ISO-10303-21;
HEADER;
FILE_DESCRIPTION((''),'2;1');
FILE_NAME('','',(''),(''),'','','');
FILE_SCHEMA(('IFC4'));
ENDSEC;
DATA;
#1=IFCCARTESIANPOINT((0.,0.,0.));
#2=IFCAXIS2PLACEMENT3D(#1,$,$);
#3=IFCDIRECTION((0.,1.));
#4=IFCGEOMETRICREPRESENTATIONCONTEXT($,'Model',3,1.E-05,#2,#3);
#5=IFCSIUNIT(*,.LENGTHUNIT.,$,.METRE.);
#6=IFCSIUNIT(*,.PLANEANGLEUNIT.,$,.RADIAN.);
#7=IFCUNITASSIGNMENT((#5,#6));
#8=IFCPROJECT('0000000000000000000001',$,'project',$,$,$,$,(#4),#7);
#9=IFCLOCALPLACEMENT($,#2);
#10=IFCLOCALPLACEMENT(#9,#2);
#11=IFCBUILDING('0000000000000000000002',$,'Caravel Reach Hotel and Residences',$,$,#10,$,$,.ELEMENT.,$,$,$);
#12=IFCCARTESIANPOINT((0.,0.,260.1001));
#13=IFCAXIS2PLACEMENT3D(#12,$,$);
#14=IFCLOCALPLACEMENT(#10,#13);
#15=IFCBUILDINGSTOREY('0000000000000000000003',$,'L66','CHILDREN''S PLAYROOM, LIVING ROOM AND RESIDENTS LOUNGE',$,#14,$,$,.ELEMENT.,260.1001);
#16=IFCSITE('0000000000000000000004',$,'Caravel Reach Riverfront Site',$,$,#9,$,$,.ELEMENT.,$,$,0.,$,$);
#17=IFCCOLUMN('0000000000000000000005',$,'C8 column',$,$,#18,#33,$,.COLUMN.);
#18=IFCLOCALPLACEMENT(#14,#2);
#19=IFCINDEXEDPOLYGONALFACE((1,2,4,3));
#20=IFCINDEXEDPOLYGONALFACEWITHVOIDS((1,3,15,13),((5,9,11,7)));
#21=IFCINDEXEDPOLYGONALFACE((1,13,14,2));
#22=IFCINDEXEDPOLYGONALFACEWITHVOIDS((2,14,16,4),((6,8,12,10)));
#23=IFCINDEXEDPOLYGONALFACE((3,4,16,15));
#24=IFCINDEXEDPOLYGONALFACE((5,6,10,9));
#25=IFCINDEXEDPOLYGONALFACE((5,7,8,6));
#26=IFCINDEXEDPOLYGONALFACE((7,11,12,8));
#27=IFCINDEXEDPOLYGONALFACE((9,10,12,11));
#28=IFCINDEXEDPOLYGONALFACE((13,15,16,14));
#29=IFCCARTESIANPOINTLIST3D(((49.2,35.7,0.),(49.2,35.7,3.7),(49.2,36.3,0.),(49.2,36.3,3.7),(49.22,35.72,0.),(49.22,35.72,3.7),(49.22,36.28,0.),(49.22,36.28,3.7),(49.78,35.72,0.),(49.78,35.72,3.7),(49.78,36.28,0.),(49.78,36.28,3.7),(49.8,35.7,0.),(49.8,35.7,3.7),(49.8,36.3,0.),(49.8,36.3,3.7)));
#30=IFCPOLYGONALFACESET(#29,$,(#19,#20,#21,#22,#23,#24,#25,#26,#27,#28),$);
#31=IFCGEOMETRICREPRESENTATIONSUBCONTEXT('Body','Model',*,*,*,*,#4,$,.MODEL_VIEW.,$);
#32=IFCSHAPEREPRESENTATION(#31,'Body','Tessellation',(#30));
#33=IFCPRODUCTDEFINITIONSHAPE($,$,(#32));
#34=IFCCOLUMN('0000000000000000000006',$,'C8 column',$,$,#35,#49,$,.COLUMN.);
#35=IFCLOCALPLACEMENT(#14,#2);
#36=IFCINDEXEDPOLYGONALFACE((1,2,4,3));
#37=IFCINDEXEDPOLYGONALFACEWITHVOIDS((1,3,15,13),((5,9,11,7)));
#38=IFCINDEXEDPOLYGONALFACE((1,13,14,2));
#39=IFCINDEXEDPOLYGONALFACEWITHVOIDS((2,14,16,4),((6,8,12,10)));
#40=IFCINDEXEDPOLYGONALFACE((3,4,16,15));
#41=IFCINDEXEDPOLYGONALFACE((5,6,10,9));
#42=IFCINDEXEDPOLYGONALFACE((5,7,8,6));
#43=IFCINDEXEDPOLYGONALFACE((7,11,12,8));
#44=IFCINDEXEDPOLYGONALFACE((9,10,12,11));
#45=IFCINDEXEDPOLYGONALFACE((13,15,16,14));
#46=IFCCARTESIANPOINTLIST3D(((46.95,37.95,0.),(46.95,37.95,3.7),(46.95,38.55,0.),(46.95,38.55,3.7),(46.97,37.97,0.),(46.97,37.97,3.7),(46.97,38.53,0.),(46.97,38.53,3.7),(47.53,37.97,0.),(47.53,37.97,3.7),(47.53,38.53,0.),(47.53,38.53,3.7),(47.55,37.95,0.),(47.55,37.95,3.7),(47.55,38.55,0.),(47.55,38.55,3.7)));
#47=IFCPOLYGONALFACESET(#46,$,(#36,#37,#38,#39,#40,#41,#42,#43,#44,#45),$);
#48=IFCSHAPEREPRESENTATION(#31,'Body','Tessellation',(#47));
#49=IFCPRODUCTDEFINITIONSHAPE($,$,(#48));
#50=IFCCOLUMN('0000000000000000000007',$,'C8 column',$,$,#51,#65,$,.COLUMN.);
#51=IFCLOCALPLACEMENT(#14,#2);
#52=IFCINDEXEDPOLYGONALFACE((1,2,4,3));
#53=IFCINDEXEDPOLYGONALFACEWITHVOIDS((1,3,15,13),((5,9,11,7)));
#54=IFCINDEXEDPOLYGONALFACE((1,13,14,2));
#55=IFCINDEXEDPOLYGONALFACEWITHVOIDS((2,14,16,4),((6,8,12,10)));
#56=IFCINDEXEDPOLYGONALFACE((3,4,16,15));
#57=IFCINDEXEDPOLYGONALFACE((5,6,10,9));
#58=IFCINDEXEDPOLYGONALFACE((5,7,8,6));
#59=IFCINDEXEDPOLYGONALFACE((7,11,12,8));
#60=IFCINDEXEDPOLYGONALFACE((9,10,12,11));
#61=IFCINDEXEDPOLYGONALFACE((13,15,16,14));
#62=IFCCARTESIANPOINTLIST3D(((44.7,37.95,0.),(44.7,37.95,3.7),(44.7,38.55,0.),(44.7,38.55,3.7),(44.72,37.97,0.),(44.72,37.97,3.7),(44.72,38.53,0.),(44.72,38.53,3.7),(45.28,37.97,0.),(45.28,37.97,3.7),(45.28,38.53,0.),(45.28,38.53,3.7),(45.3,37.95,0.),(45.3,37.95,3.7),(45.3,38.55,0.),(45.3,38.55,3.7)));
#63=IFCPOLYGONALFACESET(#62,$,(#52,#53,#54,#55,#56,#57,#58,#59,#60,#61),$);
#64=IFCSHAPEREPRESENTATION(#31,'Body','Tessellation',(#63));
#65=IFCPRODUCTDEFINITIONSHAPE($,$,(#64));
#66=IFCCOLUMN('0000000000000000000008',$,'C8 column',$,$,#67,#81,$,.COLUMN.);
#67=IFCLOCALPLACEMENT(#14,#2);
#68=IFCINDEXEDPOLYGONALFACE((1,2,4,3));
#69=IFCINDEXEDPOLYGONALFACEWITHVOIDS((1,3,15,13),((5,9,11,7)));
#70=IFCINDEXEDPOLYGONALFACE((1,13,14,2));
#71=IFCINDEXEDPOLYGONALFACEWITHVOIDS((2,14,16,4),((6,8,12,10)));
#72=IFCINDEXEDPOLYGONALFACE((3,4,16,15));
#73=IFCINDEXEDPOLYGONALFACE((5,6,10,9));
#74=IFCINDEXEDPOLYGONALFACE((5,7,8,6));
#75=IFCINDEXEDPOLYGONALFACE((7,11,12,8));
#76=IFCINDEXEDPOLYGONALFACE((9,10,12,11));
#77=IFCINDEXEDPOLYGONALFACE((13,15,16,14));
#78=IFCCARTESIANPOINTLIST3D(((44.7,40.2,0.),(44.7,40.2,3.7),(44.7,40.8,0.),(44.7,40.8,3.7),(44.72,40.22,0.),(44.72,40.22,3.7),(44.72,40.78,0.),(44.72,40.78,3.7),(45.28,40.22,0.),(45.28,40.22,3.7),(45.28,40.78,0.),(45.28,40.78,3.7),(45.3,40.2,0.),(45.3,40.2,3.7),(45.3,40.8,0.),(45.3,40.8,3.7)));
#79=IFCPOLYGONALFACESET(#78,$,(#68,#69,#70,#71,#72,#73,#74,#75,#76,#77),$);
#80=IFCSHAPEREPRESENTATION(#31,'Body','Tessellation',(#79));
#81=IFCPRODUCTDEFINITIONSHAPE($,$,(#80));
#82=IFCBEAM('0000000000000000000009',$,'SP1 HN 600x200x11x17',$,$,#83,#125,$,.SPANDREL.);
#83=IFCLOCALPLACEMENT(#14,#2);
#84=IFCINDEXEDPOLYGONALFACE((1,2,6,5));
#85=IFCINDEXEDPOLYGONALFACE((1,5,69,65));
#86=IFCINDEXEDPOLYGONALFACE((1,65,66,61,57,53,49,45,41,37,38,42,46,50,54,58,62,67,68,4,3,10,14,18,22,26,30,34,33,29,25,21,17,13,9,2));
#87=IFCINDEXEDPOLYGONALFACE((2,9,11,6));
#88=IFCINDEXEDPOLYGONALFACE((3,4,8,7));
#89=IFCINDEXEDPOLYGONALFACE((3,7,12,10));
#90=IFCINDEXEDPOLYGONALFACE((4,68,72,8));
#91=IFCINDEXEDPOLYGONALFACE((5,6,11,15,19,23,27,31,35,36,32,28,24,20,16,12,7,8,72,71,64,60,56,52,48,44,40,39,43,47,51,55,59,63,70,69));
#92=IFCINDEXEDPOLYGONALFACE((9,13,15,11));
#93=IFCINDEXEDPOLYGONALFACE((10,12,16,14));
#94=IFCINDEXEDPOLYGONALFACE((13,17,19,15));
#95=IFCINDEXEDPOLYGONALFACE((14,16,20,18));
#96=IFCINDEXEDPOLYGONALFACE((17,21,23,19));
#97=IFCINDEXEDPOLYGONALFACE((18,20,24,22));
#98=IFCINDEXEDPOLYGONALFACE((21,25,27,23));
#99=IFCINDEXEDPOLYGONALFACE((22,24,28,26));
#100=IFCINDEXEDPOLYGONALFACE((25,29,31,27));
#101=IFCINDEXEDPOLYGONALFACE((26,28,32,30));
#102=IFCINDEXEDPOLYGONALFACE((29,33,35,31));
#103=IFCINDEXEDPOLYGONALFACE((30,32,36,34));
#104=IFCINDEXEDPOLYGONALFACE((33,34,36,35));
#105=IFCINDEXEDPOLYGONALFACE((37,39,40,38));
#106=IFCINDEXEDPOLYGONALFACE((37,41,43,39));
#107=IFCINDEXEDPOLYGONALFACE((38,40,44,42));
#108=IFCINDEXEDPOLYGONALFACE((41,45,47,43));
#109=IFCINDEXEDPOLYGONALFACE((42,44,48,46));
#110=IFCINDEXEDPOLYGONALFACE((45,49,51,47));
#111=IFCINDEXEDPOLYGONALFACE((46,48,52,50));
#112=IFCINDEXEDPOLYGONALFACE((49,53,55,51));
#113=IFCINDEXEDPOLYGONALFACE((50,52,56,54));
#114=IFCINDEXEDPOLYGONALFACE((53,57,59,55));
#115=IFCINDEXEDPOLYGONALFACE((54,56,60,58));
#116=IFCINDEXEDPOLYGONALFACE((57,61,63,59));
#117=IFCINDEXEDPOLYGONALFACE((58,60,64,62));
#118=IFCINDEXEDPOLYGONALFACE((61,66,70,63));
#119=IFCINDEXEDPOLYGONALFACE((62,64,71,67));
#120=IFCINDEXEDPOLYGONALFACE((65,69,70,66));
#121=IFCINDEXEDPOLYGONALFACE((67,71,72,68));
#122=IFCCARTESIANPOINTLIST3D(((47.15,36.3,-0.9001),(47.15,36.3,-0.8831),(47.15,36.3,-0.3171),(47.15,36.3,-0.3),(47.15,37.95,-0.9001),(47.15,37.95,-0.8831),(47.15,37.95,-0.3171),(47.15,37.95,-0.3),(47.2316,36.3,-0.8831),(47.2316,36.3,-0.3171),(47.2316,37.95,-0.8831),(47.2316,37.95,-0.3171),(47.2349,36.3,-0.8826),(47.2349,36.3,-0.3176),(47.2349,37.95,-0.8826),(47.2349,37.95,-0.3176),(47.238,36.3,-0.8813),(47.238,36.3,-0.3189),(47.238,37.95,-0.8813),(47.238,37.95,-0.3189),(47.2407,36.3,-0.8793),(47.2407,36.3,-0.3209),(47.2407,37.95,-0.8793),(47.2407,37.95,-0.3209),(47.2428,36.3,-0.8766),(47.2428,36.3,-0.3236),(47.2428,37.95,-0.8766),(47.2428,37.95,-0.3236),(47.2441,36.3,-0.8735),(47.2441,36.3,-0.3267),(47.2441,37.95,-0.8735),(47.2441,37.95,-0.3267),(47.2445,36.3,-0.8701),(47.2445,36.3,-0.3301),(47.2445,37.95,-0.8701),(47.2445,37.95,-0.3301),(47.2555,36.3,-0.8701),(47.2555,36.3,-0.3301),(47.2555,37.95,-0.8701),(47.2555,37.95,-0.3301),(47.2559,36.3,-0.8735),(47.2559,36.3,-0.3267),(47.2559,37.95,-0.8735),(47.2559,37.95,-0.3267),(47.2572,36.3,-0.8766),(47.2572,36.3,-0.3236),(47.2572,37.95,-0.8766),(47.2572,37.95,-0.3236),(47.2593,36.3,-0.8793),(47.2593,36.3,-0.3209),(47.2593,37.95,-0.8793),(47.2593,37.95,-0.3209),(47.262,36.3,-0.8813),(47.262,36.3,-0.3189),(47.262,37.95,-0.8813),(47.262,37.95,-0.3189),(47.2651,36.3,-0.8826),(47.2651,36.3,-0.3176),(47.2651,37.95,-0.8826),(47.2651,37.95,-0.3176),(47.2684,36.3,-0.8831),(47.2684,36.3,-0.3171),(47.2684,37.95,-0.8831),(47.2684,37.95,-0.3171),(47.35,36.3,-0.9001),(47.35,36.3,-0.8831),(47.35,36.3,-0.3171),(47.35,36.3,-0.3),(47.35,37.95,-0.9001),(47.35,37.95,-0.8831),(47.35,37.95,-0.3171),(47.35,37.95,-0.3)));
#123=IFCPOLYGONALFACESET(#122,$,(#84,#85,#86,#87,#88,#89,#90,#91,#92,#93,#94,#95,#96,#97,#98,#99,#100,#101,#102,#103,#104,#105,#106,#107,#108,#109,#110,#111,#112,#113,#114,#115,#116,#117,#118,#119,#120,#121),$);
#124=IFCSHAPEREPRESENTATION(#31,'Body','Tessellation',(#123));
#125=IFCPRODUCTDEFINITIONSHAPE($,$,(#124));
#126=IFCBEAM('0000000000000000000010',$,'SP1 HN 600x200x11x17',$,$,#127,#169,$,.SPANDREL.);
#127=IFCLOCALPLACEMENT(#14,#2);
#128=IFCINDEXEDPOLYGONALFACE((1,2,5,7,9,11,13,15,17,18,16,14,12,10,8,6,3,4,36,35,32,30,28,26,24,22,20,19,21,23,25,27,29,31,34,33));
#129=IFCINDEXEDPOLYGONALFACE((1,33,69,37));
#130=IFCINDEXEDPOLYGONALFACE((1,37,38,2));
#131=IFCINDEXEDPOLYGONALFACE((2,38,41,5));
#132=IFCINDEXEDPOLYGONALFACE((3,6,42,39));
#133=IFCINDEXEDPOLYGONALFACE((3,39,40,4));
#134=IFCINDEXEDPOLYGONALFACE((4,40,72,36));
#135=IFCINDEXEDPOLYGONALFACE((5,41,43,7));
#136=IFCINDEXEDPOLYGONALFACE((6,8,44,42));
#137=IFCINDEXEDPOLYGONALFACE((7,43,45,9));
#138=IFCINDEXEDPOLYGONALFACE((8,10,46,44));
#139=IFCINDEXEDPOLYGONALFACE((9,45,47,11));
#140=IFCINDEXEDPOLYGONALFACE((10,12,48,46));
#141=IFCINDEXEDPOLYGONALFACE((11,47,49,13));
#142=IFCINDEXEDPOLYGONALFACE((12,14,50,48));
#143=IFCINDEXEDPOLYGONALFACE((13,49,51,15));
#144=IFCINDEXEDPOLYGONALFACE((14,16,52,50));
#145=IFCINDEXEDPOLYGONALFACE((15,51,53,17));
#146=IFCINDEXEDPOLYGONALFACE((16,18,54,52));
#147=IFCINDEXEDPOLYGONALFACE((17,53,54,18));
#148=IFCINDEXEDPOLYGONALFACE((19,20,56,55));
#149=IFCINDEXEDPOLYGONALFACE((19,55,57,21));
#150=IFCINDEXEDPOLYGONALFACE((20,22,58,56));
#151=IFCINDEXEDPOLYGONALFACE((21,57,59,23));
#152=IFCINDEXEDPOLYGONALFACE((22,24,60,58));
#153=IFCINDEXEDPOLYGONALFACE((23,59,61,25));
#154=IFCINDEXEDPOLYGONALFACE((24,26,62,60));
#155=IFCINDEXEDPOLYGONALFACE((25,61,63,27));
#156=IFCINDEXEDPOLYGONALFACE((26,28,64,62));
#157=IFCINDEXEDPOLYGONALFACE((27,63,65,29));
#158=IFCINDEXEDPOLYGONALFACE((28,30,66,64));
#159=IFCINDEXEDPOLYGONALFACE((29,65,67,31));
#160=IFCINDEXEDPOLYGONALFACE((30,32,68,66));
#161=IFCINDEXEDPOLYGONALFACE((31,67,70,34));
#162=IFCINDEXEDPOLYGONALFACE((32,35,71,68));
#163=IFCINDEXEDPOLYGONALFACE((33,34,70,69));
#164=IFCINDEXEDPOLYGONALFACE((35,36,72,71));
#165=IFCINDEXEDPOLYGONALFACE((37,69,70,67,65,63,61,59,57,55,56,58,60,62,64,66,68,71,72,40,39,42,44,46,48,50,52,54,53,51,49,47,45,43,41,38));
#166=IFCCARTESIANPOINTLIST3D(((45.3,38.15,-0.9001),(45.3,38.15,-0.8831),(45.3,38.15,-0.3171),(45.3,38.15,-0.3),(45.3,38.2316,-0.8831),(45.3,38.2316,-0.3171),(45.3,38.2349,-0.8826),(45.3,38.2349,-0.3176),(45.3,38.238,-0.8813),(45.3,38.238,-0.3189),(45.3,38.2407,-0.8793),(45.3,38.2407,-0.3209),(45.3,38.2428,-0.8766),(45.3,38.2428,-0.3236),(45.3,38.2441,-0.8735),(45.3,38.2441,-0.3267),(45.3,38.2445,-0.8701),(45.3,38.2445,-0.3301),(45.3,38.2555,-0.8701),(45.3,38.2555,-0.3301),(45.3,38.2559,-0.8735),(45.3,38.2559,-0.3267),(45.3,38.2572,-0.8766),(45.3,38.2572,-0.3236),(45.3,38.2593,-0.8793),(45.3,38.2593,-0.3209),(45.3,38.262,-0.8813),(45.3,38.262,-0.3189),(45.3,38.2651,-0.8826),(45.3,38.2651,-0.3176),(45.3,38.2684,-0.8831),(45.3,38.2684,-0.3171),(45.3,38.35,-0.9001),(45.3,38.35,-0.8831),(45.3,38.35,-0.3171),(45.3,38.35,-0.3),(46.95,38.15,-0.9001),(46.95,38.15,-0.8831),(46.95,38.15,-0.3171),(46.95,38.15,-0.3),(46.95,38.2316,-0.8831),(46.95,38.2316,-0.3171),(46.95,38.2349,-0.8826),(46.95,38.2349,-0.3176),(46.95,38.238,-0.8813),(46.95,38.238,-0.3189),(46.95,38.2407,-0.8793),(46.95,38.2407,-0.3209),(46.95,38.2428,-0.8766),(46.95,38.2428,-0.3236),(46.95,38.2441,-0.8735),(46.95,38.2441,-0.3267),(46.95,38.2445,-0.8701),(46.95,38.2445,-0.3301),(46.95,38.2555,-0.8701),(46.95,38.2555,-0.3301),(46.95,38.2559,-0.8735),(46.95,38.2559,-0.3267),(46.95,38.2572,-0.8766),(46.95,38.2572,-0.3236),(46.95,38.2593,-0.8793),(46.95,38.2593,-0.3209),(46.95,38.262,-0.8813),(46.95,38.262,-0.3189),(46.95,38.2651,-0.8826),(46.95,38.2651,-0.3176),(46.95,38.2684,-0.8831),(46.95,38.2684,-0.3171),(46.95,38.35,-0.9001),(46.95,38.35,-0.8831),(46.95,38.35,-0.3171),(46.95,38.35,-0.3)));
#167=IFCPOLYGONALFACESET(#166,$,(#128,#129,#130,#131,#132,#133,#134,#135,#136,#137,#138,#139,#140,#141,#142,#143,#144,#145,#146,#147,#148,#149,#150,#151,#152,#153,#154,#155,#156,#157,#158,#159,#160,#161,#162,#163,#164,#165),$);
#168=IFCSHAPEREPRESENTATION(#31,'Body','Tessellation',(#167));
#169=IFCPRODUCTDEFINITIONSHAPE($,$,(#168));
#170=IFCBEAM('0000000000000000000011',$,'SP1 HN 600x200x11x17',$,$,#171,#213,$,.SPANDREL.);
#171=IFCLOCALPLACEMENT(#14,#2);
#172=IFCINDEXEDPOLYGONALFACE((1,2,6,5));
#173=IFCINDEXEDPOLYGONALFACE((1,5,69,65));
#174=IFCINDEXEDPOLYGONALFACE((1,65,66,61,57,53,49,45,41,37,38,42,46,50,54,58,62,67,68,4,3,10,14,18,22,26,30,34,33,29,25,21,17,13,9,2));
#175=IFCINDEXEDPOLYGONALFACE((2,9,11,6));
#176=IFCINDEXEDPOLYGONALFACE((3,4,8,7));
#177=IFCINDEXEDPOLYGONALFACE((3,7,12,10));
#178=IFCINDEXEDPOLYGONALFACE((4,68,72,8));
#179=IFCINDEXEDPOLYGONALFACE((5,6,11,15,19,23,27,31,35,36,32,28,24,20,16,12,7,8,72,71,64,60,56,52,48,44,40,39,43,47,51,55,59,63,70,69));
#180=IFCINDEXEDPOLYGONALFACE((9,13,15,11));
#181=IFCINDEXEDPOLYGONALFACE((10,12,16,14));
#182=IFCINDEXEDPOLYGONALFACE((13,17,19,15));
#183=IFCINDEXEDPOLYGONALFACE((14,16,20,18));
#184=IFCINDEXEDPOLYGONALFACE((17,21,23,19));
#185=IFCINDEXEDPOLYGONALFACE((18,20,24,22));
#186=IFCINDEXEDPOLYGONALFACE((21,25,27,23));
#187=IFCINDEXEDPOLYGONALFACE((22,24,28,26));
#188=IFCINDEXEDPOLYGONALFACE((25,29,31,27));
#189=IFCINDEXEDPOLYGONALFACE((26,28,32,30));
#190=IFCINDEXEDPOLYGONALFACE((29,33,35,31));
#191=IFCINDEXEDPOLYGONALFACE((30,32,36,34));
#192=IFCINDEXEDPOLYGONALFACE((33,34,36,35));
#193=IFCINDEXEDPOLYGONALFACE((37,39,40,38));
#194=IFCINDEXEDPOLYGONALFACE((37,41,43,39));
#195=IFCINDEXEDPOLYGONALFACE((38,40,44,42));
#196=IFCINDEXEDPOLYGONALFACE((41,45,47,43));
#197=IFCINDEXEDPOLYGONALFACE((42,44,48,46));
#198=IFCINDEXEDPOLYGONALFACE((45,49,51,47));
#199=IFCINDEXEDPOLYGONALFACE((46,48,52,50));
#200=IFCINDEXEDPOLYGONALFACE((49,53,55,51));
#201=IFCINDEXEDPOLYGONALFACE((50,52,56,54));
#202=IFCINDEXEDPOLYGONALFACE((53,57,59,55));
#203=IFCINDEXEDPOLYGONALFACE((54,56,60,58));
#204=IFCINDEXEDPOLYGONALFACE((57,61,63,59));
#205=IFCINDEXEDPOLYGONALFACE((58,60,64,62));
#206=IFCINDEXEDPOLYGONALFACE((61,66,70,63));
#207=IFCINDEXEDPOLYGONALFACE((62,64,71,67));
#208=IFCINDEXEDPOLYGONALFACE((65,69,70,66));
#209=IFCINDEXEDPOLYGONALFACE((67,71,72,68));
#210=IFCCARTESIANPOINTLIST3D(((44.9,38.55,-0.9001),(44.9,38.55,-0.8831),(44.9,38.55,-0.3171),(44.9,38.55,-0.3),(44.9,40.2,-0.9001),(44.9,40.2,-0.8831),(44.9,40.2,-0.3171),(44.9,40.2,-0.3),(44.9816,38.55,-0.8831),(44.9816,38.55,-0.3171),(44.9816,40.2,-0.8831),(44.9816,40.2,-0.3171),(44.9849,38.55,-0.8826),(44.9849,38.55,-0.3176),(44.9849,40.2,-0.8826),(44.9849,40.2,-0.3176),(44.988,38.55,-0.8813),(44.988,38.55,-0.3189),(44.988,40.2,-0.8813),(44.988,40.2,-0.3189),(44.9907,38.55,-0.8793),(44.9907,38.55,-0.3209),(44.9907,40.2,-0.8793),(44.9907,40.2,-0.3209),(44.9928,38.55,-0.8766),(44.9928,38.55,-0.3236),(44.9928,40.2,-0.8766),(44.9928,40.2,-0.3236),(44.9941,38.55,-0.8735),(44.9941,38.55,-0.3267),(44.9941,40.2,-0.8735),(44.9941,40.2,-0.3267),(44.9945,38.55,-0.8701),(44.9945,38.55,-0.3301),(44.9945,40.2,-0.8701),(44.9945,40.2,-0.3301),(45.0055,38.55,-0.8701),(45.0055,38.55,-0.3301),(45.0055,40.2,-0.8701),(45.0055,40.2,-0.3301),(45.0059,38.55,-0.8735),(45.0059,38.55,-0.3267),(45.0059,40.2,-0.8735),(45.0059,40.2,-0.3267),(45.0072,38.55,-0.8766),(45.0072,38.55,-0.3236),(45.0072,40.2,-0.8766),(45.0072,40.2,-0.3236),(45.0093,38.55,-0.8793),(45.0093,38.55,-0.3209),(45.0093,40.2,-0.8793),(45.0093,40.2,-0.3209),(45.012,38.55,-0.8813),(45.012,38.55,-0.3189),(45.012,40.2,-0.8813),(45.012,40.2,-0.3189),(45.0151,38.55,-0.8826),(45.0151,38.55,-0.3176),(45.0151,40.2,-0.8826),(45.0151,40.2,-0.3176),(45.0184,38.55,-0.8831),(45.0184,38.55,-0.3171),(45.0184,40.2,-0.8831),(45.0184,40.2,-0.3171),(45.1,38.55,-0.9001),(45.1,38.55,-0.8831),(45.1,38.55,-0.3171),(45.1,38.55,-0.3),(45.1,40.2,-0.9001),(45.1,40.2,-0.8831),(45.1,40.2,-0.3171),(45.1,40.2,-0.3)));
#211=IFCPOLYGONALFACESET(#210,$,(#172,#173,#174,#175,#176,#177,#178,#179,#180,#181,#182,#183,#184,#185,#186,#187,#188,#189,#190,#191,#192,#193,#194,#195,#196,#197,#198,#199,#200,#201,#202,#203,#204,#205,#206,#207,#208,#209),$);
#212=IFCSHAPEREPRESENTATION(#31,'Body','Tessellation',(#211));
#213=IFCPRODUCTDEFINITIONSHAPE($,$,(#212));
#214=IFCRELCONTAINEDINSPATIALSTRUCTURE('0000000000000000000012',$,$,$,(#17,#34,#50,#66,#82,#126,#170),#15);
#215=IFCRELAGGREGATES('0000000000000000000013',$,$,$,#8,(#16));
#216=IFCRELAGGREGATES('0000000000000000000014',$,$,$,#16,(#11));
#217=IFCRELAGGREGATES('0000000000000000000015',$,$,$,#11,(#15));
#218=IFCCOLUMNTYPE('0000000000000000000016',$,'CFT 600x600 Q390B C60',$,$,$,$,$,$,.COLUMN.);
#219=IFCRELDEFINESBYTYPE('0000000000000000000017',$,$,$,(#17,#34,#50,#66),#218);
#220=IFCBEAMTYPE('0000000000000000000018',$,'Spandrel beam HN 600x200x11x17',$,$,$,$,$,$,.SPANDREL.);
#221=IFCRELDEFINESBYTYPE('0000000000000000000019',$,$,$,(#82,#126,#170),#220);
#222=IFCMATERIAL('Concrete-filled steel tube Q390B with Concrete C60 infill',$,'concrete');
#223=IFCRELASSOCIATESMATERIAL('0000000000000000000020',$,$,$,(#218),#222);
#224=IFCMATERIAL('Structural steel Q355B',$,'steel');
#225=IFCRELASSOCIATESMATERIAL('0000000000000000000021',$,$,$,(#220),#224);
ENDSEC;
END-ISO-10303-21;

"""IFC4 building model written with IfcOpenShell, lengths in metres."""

from ifc_helpers import new_model, si_unit, direction, frame, origin, origin_2d, place, context, subcontext, project, spatial, hollow_rectangle, i_section, extrude, material, material_profile, profile_set, type_object, element, save


model = new_model("IFC4")

# Units and contexts
model_context = context("Model", 3, precision=1e-05, world=origin(), true_north=direction((0.0, 1.0)))
body_context = subcontext(model_context, "Body", "Model", "MODEL_VIEW")
ifc_project = project(units=[si_unit("LENGTHUNIT", "METRE"), si_unit("PLANEANGLEUNIT", "RADIAN")], contexts=[model_context])

# Site, building, storey
site_placement = place(None, origin())
site = spatial("IfcSite", under=ifc_project, at=site_placement, Name="Caravel Reach Riverfront Site", CompositionType="ELEMENT", RefElevation=0.0)
building_placement = place(site_placement, origin())
building = spatial("IfcBuilding", under=site, at=building_placement, Name="Caravel Reach Hotel and Residences", CompositionType="ELEMENT")
storey_placement = place(building_placement, frame((0.0, 0.0, 260.1001)))
storey = spatial("IfcBuildingStorey", under=building, at=storey_placement, Name="L66", Description="CHILDREN'S PLAYROOM, LIVING ROOM AND RESIDENTS LOUNGE", CompositionType="ELEMENT", Elevation=260.1001)

# Columns
ifc_material_1 = material(Name="Concrete-filled steel tube Q390B with Concrete C60 infill", Category="concrete")
ifc_material_profile_1 = material_profile(ifc_material_1, hollow_rectangle(XDim=0.6001, YDim=0.6001, WallThickness=0.02, at=origin_2d()), Name="RHS 600x600x20")
ifc_profile_set_1 = profile_set([ifc_material_profile_1], Name="Concrete-filled steel tube Q390B with Concrete C60 infill")
column_type = type_object("IfcColumnType", Name="CFT 600x600 Q390B C60", PredefinedType="COLUMN", material=ifc_profile_set_1)
for number, where, z_axis, x_axis, name in (
    (1, (49.5, 36.0, 0.0), (0.0, 0.0, 1.0), (1.0, 0.0, 0.0), "C8 column"),
    (2, (47.25, 38.25, 0.0), (0.0, 0.0, 1.0), (1.0, 0.0, 0.0), "C8 column"),
    (3, (45.0, 38.25, 0.0), (0.0, 0.0, 1.0), (1.0, 0.0, 0.0), "C8 column"),
    (4, (45.0, 40.5, 0.0), (0.0, 0.0, 1.0), (1.0, 0.0, 0.0), "C8 column"),
):
    element("IfcColumn", number, at=place(storey_placement, frame(where, z_axis=z_axis, x_axis=x_axis)), inside=storey, type_object=column_type, Name=name, PredefinedType="COLUMN", context=body_context, shape_type="SweptSolid", body=[
        extrude(hollow_rectangle(XDim=0.6001, YDim=0.6001, WallThickness=0.02, at=origin_2d()), origin(), (0.0, 0.0, 1.0), 3.7),
    ])

# Beams
ifc_material_2 = material(Name="Structural steel Q355B", Category="steel")
ifc_material_profile_2 = material_profile(ifc_material_2, i_section(OverallWidth=0.2, OverallDepth=0.6001, WebThickness=0.011, FlangeThickness=0.0171, FilletRadius=0.0129, at=origin_2d()), Name="HN 600x200x11x17")
ifc_profile_set_2 = profile_set([ifc_material_profile_2], Name="Structural steel Q355B")
beam_type = type_object("IfcBeamType", Name="Spandrel beam HN 600x200x11x17", PredefinedType="SPANDREL", material=ifc_profile_set_2)
for number, where, z_axis, x_axis, name in (
    (5, (47.25, 36.3, -0.6001), (0.0, 1.0, 0.0), (-1.0, 0.0, 0.0), "SP1 HN 600x200x11x17"),
    (6, (46.95, 38.25, -0.6001), (-1.0, 0.0, 0.0), (0.0, -1.0, 0.0), "SP1 HN 600x200x11x17"),
    (7, (45.0, 38.55, -0.6001), (0.0, 1.0, 0.0), (-1.0, 0.0, 0.0), "SP1 HN 600x200x11x17"),
):
    element("IfcBeam", number, at=place(storey_placement, frame(where, z_axis=z_axis, x_axis=x_axis)), inside=storey, type_object=beam_type, Name=name, PredefinedType="SPANDREL", context=body_context, shape_type="SweptSolid", body=[
        extrude(i_section(OverallWidth=0.2, OverallDepth=0.6001, WebThickness=0.011, FlangeThickness=0.0171, FilletRadius=0.0129, at=origin_2d()), origin(), (0.0, 0.0, 1.0), 1.6499),
    ])

save(model, "model.ifc")
